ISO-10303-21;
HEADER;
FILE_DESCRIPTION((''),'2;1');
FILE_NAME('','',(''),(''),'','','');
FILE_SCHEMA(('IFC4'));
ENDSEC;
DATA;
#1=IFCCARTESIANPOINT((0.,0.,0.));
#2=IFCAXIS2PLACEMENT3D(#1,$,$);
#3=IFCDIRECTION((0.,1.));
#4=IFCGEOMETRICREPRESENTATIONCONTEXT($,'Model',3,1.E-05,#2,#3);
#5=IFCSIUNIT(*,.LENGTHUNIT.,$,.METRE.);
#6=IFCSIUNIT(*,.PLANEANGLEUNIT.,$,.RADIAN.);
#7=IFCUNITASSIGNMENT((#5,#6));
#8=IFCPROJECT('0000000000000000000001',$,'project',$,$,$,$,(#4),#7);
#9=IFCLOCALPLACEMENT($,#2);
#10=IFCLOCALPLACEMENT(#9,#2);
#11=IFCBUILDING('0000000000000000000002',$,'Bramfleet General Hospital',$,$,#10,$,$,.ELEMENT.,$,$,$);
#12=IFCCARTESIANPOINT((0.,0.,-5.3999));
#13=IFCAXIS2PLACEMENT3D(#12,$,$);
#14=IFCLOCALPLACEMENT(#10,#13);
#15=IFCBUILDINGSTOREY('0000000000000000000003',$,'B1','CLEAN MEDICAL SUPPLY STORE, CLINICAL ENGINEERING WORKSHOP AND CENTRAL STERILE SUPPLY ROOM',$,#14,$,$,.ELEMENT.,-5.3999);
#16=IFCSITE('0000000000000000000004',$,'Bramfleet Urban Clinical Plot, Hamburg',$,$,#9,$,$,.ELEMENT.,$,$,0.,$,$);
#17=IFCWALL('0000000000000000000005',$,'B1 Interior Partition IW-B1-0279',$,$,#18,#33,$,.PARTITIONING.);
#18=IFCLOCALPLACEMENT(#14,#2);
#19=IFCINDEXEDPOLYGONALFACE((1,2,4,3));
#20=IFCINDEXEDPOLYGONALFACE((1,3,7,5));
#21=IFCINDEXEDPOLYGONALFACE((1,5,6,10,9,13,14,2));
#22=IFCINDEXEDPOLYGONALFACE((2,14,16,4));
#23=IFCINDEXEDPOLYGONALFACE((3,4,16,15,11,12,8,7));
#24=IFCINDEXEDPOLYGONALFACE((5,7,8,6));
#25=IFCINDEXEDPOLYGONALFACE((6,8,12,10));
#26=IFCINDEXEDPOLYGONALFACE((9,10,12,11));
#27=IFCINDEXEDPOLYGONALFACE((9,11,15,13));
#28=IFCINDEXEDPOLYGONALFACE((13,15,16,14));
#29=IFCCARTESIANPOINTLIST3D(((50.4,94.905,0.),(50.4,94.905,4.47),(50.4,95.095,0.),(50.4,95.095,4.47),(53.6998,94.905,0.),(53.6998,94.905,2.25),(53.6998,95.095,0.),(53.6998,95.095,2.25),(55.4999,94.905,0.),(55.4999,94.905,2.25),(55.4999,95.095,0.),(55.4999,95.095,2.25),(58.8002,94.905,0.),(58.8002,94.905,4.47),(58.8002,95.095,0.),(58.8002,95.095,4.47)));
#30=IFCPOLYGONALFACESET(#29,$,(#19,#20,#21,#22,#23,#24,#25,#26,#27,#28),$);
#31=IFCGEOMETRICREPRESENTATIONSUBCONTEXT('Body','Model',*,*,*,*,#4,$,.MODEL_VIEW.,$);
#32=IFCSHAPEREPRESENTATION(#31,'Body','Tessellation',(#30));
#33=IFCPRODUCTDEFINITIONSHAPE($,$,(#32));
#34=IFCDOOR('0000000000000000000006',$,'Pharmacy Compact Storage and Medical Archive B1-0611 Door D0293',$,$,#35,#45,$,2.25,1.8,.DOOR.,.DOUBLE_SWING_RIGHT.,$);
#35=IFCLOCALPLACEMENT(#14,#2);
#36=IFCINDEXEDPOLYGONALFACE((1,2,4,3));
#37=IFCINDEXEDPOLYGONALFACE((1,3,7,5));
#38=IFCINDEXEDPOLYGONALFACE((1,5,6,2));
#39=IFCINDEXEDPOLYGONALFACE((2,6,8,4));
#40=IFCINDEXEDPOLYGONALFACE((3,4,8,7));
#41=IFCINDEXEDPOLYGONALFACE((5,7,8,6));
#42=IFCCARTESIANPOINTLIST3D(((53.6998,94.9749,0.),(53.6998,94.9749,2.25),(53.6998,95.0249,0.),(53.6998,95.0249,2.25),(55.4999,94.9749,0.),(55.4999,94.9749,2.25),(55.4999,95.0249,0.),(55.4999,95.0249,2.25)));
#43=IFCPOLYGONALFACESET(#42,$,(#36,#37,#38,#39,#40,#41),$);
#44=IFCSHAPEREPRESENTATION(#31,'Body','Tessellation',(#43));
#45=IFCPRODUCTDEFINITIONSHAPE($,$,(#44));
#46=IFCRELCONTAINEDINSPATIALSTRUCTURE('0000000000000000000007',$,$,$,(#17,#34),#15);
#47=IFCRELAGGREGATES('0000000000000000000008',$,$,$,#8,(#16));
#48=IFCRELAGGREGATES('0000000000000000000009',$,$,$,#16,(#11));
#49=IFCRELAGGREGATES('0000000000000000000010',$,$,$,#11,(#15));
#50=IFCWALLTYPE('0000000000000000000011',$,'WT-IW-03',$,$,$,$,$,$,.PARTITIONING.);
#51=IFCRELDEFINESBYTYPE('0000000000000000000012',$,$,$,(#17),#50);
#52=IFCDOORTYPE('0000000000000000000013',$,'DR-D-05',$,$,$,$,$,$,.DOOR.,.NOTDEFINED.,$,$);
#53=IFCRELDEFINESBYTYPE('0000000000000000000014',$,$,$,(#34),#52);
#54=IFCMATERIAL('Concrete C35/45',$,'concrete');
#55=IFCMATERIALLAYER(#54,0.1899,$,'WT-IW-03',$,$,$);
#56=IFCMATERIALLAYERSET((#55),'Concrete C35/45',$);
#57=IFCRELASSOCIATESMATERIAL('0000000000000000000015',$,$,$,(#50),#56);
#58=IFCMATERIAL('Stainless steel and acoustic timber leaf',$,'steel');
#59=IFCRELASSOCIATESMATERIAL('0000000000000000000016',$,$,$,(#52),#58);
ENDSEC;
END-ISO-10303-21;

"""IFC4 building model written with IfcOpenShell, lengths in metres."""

from ifc_helpers import new_model, si_unit, direction, frame, frame_2d, origin, place, context, subcontext, project, spatial, rectangle, extrude, material, layer, layer_set, type_object, element, fill, save


model = new_model("IFC4")

# Units and contexts
model_context = context("Model", 3, precision=1e-05, world=origin(), true_north=direction((0.0, 1.0)))
body_context = subcontext(model_context, "Body", "Model", "MODEL_VIEW")
ifc_project = project(units=[si_unit("LENGTHUNIT", "METRE"), si_unit("PLANEANGLEUNIT", "RADIAN")], contexts=[model_context])

# Site, building, storey
site_placement = place(None, origin())
site = spatial("IfcSite", under=ifc_project, at=site_placement, Name="Bramfleet Urban Clinical Plot, Hamburg", CompositionType="ELEMENT", RefElevation=0.0)
building_placement = place(site_placement, origin())
building = spatial("IfcBuilding", under=site, at=building_placement, Name="Bramfleet General Hospital", CompositionType="ELEMENT")
storey_placement = place(building_placement, frame((0.0, 0.0, -5.3999)))
storey = spatial("IfcBuildingStorey", under=building, at=storey_placement, Name="B1", Description="CLEAN MEDICAL SUPPLY STORE, CLINICAL ENGINEERING WORKSHOP AND CENTRAL STERILE SUPPLY ROOM", CompositionType="ELEMENT", Elevation=-5.3999)

# Shared definitions
ifc_material_1 = material(Name="Concrete C35/45", Category="concrete")

# Shared definitions
ifc_material_2 = material(Name="Stainless steel and acoustic timber leaf", Category="steel")

# Wall, opening, door
ifc_layer_1 = layer(ifc_material_1, 0.1899, Name="WT-IW-03")
ifc_layer_set_1 = layer_set([ifc_layer_1], Name="Concrete C35/45")
wall_type_1 = type_object("IfcWallType", Name="WT-IW-03", PredefinedType="PARTITIONING", material=ifc_layer_set_1)
wall_1_placement = place(storey_placement, frame((50.3999, 95.0, 0.0), z_axis=(0.0, 0.0, 1.0), x_axis=(1.0, 0.0, 0.0)))
wall_1 = element("IfcWall", 1, at=wall_1_placement, inside=storey, type_object=wall_type_1, Name="B1 Interior Partition IW-B1-0279", PredefinedType="PARTITIONING", context=body_context, shape_type="SweptSolid", body=[
    extrude(rectangle(XDim=8.4001, YDim=0.1899, at=frame_2d((4.2002, 0.0))), origin(), (0.0, 0.0, 1.0), 4.47),
])
opening_1_placement = place(wall_1_placement, frame((3.3, 0.0, 0.0)))
opening_1 = element("IfcOpeningElement", 2, at=opening_1_placement, cuts=wall_1, PredefinedType="OPENING", context=body_context, shape_type="SweptSolid", body=[
    extrude(rectangle(XDim=1.8, YDim=2.25, at=frame_2d((0.8999, 1.125))), frame((0.0, 0.105, 0.0), z_axis=(0.0, -1.0, 0.0), x_axis=(1.0, 0.0, 0.0)), (0.0, 0.0, 1.0), 0.21),
])
door_type_1 = type_object("IfcDoorType", Name="DR-D-05", OperationType="NOTDEFINED", PredefinedType="DOOR", material=ifc_material_2)
door_1_placement = place(opening_1_placement, origin())
door_1 = element("IfcDoor", 3, at=door_1_placement, inside=storey, type_object=door_type_1, Name="Pharmacy Compact Storage and Medical Archive B1-0611 Door D0293", OperationType="DOUBLE_SWING_RIGHT", OverallHeight=2.25, OverallWidth=1.8, PredefinedType="DOOR", context=body_context, shape_type="SweptSolid", body=[
    extrude(rectangle(XDim=1.8, YDim=2.25, at=frame_2d((0.8999, 1.125))), frame((0.0, 0.0249, 0.0), z_axis=(0.0, -1.0, 0.0), x_axis=(1.0, 0.0, 0.0)), (0.0, 0.0, 1.0), 0.05),
])
fill(opening_1, door_1)

save(model, "model.ifc")
